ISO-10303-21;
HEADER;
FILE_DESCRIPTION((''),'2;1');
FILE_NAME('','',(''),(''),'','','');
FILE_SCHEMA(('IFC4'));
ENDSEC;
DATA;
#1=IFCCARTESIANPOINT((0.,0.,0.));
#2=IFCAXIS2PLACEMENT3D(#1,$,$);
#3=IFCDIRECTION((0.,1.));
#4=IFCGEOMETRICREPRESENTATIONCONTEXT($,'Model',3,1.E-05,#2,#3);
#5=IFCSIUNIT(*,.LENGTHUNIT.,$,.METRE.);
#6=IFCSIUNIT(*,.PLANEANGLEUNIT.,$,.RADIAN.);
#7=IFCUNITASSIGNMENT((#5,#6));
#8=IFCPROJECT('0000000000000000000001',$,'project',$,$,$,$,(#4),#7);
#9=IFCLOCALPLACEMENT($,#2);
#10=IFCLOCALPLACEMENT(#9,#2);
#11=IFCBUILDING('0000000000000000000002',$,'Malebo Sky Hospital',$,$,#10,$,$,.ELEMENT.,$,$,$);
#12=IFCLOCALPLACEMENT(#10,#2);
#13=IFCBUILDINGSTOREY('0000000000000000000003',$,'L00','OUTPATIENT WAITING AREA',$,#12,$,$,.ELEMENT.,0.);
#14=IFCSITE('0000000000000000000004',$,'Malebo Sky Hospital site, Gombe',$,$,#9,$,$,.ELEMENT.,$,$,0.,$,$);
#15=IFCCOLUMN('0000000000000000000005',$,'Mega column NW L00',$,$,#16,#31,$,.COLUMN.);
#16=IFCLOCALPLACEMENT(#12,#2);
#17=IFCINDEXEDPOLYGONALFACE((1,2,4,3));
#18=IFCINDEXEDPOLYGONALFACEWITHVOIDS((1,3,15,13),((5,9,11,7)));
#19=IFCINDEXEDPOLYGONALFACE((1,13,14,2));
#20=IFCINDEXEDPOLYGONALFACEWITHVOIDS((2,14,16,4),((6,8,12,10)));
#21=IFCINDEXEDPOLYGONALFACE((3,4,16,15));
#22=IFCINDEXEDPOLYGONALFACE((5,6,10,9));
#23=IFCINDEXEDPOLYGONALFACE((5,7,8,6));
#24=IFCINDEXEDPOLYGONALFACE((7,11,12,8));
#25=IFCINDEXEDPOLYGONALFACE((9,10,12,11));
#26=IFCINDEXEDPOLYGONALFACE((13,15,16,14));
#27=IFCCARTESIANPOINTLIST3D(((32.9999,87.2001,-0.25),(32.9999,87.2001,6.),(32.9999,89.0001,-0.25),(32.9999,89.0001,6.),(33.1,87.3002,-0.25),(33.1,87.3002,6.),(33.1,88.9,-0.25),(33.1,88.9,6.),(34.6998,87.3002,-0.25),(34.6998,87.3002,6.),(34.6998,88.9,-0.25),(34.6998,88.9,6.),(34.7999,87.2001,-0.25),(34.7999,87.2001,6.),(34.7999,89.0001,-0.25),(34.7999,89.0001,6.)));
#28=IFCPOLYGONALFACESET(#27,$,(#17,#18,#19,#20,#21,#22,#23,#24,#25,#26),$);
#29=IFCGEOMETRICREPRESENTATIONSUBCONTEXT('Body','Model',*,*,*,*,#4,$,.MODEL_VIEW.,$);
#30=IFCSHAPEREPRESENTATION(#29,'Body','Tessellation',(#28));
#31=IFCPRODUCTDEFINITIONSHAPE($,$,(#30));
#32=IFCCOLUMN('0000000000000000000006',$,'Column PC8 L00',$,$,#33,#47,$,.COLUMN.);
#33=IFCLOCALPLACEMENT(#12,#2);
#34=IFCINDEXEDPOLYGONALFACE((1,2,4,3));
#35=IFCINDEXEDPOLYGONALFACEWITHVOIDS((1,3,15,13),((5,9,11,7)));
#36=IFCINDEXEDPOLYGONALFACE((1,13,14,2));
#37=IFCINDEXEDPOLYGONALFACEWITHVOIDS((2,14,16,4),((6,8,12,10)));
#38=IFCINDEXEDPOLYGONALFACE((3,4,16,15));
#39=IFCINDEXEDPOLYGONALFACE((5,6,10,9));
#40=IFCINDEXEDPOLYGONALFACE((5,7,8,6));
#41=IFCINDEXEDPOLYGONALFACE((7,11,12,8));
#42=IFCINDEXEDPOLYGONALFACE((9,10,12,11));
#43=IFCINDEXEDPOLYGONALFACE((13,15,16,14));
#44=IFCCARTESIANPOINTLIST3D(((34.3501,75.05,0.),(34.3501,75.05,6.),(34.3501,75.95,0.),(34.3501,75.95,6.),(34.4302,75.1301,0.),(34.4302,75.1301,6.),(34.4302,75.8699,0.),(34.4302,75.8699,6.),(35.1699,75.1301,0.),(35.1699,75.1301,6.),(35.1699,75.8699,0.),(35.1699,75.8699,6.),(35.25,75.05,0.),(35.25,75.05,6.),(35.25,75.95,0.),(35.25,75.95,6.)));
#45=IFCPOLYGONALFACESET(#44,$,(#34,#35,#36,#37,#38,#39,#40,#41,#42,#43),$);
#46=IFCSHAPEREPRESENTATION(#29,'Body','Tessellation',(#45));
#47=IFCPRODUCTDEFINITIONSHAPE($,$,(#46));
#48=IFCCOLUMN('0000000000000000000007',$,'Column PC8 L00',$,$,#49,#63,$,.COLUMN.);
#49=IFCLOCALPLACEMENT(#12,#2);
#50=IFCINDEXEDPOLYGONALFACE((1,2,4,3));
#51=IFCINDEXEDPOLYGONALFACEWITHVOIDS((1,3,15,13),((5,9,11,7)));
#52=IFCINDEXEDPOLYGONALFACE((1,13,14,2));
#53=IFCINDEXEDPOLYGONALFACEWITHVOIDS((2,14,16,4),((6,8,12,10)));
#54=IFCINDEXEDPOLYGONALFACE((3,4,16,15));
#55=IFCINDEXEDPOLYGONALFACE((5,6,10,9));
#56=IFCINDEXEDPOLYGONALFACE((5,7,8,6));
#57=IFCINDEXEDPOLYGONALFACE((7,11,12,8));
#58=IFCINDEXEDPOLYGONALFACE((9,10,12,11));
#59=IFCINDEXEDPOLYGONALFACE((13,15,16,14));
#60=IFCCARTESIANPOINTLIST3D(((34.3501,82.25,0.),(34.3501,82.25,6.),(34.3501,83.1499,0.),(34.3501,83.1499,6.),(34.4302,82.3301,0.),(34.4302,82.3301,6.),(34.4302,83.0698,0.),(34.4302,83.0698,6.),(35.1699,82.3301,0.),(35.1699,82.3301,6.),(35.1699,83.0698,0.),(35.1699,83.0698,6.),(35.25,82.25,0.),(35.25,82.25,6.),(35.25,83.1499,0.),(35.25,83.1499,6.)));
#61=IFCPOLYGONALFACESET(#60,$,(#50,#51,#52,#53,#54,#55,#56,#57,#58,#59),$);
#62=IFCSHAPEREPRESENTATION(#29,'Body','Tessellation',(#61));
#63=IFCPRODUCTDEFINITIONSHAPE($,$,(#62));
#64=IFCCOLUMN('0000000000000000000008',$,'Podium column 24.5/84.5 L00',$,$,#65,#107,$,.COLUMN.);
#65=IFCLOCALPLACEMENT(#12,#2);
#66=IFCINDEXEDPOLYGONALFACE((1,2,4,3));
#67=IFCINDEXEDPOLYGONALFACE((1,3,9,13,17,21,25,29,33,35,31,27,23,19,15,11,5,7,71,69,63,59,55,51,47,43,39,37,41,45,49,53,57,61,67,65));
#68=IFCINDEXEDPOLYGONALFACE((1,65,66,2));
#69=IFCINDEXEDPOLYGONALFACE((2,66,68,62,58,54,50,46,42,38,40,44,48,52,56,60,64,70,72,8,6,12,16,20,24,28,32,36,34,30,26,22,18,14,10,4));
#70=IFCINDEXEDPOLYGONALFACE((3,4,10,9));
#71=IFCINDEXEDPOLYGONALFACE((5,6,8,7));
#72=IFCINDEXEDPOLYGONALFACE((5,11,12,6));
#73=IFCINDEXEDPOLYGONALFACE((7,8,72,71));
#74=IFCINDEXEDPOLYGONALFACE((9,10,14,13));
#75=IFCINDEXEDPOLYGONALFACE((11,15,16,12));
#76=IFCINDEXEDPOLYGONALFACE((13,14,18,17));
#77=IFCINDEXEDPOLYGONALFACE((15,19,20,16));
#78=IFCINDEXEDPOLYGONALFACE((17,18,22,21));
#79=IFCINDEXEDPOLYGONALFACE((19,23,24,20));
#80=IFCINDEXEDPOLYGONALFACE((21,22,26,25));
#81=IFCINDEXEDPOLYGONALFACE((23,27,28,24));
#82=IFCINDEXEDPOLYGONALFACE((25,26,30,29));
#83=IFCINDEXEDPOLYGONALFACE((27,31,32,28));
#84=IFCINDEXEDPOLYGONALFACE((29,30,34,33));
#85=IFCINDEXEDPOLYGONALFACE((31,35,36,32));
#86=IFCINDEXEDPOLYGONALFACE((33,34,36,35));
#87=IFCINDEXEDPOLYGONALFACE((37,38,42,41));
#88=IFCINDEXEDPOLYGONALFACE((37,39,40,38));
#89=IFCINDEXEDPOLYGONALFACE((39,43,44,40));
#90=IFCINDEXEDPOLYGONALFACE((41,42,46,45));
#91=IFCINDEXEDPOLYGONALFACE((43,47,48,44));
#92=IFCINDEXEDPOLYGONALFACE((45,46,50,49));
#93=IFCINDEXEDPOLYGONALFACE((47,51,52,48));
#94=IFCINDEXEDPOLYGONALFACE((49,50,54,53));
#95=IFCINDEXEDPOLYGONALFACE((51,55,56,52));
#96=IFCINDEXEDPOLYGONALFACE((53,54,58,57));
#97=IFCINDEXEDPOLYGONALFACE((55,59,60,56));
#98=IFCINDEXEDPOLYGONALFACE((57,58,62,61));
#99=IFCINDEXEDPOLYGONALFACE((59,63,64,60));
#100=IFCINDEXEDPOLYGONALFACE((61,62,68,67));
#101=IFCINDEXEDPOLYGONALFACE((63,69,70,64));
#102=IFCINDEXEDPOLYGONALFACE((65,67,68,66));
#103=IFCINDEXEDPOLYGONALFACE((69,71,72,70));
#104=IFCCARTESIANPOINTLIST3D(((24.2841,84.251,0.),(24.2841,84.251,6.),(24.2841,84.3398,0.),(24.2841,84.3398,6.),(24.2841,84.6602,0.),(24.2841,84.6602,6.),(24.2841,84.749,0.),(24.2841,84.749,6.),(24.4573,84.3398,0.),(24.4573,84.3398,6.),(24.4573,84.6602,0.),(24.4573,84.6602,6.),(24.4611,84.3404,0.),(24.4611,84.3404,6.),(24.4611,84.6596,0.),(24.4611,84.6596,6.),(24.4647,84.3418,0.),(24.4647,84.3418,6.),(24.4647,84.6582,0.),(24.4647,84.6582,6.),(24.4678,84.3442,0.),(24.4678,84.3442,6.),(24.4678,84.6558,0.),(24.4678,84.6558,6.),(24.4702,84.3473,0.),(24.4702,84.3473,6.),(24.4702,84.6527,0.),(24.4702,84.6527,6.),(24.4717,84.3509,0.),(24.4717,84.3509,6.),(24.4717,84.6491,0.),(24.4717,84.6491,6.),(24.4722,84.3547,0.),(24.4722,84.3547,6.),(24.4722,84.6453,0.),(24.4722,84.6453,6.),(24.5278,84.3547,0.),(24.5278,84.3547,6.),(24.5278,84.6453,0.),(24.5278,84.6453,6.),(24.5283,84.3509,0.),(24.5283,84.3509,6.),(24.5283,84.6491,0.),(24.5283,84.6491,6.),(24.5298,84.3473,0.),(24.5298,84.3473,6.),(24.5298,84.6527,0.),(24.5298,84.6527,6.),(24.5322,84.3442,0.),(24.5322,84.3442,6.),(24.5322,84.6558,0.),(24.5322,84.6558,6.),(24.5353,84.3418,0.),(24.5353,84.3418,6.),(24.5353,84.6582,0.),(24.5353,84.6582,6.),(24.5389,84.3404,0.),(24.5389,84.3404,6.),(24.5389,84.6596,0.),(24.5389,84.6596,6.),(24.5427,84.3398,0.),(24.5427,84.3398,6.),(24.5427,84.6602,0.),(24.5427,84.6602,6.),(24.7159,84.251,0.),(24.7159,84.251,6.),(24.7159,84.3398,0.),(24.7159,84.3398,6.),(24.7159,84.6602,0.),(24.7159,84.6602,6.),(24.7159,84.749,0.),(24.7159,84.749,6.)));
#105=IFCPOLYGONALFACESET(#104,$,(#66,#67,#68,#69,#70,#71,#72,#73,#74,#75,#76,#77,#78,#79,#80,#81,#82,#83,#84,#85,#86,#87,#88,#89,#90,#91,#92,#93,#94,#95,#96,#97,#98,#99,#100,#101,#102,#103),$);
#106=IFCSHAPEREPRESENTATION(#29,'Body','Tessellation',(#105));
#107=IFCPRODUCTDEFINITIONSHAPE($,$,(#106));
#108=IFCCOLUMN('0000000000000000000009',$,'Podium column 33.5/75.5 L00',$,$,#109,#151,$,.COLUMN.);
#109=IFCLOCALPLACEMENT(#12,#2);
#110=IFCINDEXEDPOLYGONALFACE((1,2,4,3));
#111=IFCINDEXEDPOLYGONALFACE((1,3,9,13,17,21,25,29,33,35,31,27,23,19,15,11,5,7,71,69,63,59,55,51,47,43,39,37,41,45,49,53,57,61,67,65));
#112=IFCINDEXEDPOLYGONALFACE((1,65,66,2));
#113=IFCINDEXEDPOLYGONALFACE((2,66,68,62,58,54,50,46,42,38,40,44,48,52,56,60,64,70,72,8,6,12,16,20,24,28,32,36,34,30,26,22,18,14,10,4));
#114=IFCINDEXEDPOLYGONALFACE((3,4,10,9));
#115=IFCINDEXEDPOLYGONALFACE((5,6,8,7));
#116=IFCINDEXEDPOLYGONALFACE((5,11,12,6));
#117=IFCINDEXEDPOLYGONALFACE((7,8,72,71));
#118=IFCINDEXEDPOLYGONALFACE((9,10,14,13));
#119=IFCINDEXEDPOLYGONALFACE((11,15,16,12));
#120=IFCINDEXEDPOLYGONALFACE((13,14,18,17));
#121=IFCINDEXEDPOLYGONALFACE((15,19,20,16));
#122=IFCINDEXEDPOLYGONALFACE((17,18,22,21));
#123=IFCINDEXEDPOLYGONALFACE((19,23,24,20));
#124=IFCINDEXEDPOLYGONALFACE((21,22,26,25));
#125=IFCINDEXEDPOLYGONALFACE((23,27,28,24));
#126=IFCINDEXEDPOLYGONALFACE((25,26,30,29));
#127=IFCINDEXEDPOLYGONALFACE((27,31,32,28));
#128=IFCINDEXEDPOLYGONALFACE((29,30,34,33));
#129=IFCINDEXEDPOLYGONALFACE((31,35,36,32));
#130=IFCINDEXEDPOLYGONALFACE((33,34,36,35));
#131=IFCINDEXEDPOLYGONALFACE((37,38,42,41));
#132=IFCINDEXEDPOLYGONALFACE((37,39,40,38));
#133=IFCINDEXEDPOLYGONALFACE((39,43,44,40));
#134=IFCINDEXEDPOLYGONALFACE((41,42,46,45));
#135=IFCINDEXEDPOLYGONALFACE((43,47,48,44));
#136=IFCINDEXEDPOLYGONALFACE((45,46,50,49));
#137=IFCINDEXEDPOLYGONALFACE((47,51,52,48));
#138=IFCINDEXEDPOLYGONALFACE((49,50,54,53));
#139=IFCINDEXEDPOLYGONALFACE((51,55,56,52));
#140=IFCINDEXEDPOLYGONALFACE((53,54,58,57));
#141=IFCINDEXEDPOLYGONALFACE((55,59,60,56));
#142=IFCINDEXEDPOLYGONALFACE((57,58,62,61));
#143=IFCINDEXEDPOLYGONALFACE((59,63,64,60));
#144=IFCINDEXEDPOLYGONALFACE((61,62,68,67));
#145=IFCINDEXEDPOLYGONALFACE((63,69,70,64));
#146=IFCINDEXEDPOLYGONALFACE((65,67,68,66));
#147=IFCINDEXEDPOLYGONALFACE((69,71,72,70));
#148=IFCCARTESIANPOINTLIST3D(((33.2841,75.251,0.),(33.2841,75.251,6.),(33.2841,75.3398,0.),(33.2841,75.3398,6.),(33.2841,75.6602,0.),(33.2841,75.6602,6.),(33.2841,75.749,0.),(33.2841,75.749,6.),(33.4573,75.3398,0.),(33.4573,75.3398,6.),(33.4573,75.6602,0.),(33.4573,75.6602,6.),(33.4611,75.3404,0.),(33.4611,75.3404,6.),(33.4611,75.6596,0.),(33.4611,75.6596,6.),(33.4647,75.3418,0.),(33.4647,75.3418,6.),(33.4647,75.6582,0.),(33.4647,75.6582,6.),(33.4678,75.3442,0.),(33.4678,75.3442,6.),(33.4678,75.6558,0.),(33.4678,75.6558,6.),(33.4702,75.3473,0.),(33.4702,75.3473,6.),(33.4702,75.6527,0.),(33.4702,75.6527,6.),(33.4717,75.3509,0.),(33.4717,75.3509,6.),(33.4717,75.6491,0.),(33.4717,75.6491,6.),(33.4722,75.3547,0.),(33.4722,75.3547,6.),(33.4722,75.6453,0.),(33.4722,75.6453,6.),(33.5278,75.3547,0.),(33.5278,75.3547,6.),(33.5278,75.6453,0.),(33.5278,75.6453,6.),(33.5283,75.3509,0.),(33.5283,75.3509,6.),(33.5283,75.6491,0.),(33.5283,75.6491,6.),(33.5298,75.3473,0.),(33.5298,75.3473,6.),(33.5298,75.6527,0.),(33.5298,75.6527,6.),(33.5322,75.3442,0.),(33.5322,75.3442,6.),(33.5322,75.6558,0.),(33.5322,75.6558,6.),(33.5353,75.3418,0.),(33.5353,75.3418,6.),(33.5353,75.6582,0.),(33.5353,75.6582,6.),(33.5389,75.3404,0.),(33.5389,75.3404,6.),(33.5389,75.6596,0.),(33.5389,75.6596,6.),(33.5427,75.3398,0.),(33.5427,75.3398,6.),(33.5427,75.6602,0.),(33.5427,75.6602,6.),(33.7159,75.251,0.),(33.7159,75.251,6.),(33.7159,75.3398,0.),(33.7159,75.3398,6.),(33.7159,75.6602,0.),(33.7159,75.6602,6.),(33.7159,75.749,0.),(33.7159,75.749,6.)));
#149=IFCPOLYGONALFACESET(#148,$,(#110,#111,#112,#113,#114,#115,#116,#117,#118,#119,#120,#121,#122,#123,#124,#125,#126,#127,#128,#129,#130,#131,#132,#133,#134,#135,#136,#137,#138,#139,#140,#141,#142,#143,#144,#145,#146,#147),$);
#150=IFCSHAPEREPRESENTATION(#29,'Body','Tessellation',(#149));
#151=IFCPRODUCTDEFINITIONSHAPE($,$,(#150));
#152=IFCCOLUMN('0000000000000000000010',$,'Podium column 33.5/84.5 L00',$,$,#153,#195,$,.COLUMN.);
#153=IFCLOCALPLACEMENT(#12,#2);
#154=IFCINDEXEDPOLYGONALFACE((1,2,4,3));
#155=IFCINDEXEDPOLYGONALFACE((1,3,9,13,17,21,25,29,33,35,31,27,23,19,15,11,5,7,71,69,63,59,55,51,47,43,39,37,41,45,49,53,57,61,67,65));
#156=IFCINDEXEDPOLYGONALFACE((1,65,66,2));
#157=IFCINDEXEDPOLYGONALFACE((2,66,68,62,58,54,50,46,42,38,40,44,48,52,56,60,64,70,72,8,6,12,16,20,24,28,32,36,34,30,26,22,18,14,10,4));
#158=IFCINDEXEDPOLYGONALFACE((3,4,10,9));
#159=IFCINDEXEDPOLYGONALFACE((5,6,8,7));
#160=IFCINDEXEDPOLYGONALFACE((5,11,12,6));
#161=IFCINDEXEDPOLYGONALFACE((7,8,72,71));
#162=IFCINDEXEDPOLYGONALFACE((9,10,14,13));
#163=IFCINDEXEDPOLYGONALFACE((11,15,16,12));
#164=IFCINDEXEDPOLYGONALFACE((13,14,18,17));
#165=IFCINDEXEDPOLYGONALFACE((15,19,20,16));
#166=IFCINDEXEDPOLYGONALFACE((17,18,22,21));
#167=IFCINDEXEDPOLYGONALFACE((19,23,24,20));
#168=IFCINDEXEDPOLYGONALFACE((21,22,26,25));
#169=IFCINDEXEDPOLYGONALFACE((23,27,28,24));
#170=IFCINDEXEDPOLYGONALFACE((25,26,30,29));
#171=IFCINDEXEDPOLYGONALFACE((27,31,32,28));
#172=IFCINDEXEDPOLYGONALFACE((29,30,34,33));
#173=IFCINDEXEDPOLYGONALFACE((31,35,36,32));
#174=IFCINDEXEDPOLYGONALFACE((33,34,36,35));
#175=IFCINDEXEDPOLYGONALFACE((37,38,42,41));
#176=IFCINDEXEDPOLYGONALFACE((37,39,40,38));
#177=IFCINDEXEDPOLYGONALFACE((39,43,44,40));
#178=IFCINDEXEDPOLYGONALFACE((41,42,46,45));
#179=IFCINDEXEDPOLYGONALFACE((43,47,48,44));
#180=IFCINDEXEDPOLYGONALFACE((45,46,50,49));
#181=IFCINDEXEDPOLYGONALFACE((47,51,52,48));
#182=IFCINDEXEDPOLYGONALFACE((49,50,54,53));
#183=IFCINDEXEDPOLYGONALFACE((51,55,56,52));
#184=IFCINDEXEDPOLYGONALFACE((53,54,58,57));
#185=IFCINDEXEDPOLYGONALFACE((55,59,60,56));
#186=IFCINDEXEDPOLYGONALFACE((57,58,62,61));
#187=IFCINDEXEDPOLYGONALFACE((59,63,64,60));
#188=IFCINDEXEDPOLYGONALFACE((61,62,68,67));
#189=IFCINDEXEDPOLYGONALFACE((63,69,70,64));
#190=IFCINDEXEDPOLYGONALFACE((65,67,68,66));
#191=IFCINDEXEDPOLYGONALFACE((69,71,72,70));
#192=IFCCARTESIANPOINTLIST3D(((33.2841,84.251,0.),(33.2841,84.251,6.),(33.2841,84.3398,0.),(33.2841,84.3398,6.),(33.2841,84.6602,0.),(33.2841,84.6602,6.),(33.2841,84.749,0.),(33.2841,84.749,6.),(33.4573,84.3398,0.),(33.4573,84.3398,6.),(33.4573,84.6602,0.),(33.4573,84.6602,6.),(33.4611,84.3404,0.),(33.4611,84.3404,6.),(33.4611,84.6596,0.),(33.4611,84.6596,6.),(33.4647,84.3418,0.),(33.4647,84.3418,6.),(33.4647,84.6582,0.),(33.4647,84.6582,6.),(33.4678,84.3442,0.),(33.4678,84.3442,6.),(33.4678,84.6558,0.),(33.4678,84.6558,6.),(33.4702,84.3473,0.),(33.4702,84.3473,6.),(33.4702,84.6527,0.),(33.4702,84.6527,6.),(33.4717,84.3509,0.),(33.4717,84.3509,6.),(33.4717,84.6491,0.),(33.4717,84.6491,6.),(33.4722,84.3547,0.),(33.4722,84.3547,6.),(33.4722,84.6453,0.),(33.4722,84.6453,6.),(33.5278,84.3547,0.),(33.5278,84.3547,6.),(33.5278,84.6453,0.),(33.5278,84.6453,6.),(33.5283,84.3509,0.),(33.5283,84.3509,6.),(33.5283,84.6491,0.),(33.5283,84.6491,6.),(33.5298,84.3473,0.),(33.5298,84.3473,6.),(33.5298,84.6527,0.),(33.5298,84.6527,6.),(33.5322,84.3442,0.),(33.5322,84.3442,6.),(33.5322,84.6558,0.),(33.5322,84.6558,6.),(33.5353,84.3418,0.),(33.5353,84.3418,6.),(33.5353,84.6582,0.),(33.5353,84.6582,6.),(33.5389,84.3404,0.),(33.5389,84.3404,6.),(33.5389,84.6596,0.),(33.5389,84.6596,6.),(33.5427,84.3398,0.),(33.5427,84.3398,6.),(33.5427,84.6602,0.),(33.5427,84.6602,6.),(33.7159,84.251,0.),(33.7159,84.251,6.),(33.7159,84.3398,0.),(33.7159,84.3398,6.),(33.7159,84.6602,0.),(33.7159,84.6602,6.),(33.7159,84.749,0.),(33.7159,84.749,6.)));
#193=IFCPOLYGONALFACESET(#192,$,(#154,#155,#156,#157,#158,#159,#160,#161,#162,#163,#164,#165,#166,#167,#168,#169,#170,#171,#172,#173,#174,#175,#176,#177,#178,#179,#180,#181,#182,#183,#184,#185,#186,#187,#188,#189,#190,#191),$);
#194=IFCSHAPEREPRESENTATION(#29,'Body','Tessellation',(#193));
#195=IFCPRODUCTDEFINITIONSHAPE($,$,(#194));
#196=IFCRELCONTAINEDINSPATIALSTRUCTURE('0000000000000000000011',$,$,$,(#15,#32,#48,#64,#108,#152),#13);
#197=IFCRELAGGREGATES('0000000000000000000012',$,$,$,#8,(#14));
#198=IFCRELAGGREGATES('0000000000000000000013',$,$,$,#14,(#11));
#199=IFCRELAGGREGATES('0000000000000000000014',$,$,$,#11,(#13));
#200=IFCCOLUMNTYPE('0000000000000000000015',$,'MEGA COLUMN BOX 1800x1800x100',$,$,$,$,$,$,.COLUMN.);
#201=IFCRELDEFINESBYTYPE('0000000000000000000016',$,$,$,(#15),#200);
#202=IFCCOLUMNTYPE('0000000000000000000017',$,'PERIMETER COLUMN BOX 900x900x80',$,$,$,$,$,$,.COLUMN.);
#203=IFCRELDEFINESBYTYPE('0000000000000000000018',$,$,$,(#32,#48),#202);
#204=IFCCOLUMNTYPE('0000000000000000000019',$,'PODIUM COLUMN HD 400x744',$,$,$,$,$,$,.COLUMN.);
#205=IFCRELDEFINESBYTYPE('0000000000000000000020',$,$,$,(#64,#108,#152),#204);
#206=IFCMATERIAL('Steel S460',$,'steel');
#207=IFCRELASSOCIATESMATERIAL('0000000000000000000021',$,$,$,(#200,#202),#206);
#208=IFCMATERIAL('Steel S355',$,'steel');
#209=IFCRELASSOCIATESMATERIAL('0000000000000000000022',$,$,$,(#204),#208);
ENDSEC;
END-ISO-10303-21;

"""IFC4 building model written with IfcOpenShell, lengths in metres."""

from ifc_helpers import new_model, si_unit, direction, frame, origin, origin_2d, place, context, subcontext, project, spatial, hollow_rectangle, i_section, extrude, material, material_profile, profile_set, type_object, element, save


model = new_model("IFC4")

# Units and contexts
model_context = context("Model", 3, precision=1e-05, world=origin(), true_north=direction((0.0, 1.0)))
body_context = subcontext(model_context, "Body", "Model", "MODEL_VIEW")
ifc_project = project(units=[si_unit("LENGTHUNIT", "METRE"), si_unit("PLANEANGLEUNIT", "RADIAN")], contexts=[model_context])

# Site, building, storey
site_placement = place(None, origin())
site = spatial("IfcSite", under=ifc_project, at=site_placement, Name="Malebo Sky Hospital site, Gombe", CompositionType="ELEMENT", RefElevation=0.0)
building_placement = place(site_placement, origin())
building = spatial("IfcBuilding", under=site, at=building_placement, Name="Malebo Sky Hospital", CompositionType="ELEMENT")
storey_placement = place(building_placement, origin())
storey = spatial("IfcBuildingStorey", under=building, at=storey_placement, Name="L00", Description="OUTPATIENT WAITING AREA", CompositionType="ELEMENT", Elevation=0.0)

# Columns
ifc_material_1 = material(Name="Steel S460", Category="steel")
ifc_material_profile_1 = material_profile(ifc_material_1, hollow_rectangle(XDim=1.8, YDim=1.8, WallThickness=0.1001, at=origin_2d()), Name="BOX 1800x1800x100")
ifc_profile_set_1 = profile_set([ifc_material_profile_1], Name="Steel S460")
column_type_1 = type_object("IfcColumnType", Name="MEGA COLUMN BOX 1800x1800x100", PredefinedType="COLUMN", material=ifc_profile_set_1)
column_placement = place(storey_placement, frame((33.8999, 88.1001, -0.25), z_axis=(0.0, 0.0, 1.0), x_axis=(1.0, 0.0, 0.0)))
element("IfcColumn", 1, at=column_placement, inside=storey, type_object=column_type_1, Name="Mega column NW L00", PredefinedType="COLUMN", context=body_context, shape_type="SweptSolid", body=[
    extrude(hollow_rectangle(XDim=1.8, YDim=1.8, WallThickness=0.1001, at=origin_2d()), origin(), (0.0, 0.0, 1.0), 6.25),
])
ifc_material_profile_2 = material_profile(ifc_material_1, hollow_rectangle(XDim=0.8999, YDim=0.8999, WallThickness=0.0801, at=origin_2d()), Name="BOX 900x900x80")
ifc_profile_set_2 = profile_set([ifc_material_profile_2], Name="Steel S460")
column_type_2 = type_object("IfcColumnType", Name="PERIMETER COLUMN BOX 900x900x80", PredefinedType="COLUMN", material=ifc_profile_set_2)
for number, where, z_axis, x_axis, name in (
    (2, (34.8, 75.5, 0.0), (0.0, 0.0, 1.0), (1.0, 0.0, 0.0), "Column PC8 L00"),
    (3, (34.8, 82.7, 0.0), (0.0, 0.0, 1.0), (1.0, 0.0, 0.0), "Column PC8 L00"),
):
    element("IfcColumn", number, at=place(storey_placement, frame(where, z_axis=z_axis, x_axis=x_axis)), inside=storey, type_object=column_type_2, Name=name, PredefinedType="COLUMN", context=body_context, shape_type="SweptSolid", body=[
        extrude(hollow_rectangle(XDim=0.8999, YDim=0.8999, WallThickness=0.0801, at=origin_2d()), origin(), (0.0, 0.0, 1.0), 6.0),
    ])
ifc_material_2 = material(Name="Steel S355", Category="steel")
ifc_material_profile_3 = material_profile(ifc_material_2, i_section(OverallWidth=0.4319, OverallDepth=0.498, WebThickness=0.0557, FlangeThickness=0.0889, FilletRadius=0.0149, at=origin_2d()), Name="HD 400x744")
ifc_profile_set_3 = profile_set([ifc_material_profile_3], Name="Steel S355")
column_type_3 = type_object("IfcColumnType", Name="PODIUM COLUMN HD 400x744", PredefinedType="COLUMN", material=ifc_profile_set_3)
for number, where, z_axis, x_axis, name in (
    (4, (24.5, 84.5, 0.0), (0.0, 0.0, 1.0), (1.0, 0.0, 0.0), "Podium column 24.5/84.5 L00"),
    (5, (33.5, 75.5, 0.0), (0.0, 0.0, 1.0), (1.0, 0.0, 0.0), "Podium column 33.5/75.5 L00"),
    (6, (33.5, 84.5, 0.0), (0.0, 0.0, 1.0), (1.0, 0.0, 0.0), "Podium column 33.5/84.5 L00"),
):
    element("IfcColumn", number, at=place(storey_placement, frame(where, z_axis=z_axis, x_axis=x_axis)), inside=storey, type_object=column_type_3, Name=name, PredefinedType="COLUMN", context=body_context, shape_type="SweptSolid", body=[
        extrude(i_section(OverallWidth=0.4319, OverallDepth=0.498, WebThickness=0.0557, FlangeThickness=0.0889, FilletRadius=0.0149, at=origin_2d()), origin(), (0.0, 0.0, 1.0), 6.0),
    ])

save(model, "model.ifc")
